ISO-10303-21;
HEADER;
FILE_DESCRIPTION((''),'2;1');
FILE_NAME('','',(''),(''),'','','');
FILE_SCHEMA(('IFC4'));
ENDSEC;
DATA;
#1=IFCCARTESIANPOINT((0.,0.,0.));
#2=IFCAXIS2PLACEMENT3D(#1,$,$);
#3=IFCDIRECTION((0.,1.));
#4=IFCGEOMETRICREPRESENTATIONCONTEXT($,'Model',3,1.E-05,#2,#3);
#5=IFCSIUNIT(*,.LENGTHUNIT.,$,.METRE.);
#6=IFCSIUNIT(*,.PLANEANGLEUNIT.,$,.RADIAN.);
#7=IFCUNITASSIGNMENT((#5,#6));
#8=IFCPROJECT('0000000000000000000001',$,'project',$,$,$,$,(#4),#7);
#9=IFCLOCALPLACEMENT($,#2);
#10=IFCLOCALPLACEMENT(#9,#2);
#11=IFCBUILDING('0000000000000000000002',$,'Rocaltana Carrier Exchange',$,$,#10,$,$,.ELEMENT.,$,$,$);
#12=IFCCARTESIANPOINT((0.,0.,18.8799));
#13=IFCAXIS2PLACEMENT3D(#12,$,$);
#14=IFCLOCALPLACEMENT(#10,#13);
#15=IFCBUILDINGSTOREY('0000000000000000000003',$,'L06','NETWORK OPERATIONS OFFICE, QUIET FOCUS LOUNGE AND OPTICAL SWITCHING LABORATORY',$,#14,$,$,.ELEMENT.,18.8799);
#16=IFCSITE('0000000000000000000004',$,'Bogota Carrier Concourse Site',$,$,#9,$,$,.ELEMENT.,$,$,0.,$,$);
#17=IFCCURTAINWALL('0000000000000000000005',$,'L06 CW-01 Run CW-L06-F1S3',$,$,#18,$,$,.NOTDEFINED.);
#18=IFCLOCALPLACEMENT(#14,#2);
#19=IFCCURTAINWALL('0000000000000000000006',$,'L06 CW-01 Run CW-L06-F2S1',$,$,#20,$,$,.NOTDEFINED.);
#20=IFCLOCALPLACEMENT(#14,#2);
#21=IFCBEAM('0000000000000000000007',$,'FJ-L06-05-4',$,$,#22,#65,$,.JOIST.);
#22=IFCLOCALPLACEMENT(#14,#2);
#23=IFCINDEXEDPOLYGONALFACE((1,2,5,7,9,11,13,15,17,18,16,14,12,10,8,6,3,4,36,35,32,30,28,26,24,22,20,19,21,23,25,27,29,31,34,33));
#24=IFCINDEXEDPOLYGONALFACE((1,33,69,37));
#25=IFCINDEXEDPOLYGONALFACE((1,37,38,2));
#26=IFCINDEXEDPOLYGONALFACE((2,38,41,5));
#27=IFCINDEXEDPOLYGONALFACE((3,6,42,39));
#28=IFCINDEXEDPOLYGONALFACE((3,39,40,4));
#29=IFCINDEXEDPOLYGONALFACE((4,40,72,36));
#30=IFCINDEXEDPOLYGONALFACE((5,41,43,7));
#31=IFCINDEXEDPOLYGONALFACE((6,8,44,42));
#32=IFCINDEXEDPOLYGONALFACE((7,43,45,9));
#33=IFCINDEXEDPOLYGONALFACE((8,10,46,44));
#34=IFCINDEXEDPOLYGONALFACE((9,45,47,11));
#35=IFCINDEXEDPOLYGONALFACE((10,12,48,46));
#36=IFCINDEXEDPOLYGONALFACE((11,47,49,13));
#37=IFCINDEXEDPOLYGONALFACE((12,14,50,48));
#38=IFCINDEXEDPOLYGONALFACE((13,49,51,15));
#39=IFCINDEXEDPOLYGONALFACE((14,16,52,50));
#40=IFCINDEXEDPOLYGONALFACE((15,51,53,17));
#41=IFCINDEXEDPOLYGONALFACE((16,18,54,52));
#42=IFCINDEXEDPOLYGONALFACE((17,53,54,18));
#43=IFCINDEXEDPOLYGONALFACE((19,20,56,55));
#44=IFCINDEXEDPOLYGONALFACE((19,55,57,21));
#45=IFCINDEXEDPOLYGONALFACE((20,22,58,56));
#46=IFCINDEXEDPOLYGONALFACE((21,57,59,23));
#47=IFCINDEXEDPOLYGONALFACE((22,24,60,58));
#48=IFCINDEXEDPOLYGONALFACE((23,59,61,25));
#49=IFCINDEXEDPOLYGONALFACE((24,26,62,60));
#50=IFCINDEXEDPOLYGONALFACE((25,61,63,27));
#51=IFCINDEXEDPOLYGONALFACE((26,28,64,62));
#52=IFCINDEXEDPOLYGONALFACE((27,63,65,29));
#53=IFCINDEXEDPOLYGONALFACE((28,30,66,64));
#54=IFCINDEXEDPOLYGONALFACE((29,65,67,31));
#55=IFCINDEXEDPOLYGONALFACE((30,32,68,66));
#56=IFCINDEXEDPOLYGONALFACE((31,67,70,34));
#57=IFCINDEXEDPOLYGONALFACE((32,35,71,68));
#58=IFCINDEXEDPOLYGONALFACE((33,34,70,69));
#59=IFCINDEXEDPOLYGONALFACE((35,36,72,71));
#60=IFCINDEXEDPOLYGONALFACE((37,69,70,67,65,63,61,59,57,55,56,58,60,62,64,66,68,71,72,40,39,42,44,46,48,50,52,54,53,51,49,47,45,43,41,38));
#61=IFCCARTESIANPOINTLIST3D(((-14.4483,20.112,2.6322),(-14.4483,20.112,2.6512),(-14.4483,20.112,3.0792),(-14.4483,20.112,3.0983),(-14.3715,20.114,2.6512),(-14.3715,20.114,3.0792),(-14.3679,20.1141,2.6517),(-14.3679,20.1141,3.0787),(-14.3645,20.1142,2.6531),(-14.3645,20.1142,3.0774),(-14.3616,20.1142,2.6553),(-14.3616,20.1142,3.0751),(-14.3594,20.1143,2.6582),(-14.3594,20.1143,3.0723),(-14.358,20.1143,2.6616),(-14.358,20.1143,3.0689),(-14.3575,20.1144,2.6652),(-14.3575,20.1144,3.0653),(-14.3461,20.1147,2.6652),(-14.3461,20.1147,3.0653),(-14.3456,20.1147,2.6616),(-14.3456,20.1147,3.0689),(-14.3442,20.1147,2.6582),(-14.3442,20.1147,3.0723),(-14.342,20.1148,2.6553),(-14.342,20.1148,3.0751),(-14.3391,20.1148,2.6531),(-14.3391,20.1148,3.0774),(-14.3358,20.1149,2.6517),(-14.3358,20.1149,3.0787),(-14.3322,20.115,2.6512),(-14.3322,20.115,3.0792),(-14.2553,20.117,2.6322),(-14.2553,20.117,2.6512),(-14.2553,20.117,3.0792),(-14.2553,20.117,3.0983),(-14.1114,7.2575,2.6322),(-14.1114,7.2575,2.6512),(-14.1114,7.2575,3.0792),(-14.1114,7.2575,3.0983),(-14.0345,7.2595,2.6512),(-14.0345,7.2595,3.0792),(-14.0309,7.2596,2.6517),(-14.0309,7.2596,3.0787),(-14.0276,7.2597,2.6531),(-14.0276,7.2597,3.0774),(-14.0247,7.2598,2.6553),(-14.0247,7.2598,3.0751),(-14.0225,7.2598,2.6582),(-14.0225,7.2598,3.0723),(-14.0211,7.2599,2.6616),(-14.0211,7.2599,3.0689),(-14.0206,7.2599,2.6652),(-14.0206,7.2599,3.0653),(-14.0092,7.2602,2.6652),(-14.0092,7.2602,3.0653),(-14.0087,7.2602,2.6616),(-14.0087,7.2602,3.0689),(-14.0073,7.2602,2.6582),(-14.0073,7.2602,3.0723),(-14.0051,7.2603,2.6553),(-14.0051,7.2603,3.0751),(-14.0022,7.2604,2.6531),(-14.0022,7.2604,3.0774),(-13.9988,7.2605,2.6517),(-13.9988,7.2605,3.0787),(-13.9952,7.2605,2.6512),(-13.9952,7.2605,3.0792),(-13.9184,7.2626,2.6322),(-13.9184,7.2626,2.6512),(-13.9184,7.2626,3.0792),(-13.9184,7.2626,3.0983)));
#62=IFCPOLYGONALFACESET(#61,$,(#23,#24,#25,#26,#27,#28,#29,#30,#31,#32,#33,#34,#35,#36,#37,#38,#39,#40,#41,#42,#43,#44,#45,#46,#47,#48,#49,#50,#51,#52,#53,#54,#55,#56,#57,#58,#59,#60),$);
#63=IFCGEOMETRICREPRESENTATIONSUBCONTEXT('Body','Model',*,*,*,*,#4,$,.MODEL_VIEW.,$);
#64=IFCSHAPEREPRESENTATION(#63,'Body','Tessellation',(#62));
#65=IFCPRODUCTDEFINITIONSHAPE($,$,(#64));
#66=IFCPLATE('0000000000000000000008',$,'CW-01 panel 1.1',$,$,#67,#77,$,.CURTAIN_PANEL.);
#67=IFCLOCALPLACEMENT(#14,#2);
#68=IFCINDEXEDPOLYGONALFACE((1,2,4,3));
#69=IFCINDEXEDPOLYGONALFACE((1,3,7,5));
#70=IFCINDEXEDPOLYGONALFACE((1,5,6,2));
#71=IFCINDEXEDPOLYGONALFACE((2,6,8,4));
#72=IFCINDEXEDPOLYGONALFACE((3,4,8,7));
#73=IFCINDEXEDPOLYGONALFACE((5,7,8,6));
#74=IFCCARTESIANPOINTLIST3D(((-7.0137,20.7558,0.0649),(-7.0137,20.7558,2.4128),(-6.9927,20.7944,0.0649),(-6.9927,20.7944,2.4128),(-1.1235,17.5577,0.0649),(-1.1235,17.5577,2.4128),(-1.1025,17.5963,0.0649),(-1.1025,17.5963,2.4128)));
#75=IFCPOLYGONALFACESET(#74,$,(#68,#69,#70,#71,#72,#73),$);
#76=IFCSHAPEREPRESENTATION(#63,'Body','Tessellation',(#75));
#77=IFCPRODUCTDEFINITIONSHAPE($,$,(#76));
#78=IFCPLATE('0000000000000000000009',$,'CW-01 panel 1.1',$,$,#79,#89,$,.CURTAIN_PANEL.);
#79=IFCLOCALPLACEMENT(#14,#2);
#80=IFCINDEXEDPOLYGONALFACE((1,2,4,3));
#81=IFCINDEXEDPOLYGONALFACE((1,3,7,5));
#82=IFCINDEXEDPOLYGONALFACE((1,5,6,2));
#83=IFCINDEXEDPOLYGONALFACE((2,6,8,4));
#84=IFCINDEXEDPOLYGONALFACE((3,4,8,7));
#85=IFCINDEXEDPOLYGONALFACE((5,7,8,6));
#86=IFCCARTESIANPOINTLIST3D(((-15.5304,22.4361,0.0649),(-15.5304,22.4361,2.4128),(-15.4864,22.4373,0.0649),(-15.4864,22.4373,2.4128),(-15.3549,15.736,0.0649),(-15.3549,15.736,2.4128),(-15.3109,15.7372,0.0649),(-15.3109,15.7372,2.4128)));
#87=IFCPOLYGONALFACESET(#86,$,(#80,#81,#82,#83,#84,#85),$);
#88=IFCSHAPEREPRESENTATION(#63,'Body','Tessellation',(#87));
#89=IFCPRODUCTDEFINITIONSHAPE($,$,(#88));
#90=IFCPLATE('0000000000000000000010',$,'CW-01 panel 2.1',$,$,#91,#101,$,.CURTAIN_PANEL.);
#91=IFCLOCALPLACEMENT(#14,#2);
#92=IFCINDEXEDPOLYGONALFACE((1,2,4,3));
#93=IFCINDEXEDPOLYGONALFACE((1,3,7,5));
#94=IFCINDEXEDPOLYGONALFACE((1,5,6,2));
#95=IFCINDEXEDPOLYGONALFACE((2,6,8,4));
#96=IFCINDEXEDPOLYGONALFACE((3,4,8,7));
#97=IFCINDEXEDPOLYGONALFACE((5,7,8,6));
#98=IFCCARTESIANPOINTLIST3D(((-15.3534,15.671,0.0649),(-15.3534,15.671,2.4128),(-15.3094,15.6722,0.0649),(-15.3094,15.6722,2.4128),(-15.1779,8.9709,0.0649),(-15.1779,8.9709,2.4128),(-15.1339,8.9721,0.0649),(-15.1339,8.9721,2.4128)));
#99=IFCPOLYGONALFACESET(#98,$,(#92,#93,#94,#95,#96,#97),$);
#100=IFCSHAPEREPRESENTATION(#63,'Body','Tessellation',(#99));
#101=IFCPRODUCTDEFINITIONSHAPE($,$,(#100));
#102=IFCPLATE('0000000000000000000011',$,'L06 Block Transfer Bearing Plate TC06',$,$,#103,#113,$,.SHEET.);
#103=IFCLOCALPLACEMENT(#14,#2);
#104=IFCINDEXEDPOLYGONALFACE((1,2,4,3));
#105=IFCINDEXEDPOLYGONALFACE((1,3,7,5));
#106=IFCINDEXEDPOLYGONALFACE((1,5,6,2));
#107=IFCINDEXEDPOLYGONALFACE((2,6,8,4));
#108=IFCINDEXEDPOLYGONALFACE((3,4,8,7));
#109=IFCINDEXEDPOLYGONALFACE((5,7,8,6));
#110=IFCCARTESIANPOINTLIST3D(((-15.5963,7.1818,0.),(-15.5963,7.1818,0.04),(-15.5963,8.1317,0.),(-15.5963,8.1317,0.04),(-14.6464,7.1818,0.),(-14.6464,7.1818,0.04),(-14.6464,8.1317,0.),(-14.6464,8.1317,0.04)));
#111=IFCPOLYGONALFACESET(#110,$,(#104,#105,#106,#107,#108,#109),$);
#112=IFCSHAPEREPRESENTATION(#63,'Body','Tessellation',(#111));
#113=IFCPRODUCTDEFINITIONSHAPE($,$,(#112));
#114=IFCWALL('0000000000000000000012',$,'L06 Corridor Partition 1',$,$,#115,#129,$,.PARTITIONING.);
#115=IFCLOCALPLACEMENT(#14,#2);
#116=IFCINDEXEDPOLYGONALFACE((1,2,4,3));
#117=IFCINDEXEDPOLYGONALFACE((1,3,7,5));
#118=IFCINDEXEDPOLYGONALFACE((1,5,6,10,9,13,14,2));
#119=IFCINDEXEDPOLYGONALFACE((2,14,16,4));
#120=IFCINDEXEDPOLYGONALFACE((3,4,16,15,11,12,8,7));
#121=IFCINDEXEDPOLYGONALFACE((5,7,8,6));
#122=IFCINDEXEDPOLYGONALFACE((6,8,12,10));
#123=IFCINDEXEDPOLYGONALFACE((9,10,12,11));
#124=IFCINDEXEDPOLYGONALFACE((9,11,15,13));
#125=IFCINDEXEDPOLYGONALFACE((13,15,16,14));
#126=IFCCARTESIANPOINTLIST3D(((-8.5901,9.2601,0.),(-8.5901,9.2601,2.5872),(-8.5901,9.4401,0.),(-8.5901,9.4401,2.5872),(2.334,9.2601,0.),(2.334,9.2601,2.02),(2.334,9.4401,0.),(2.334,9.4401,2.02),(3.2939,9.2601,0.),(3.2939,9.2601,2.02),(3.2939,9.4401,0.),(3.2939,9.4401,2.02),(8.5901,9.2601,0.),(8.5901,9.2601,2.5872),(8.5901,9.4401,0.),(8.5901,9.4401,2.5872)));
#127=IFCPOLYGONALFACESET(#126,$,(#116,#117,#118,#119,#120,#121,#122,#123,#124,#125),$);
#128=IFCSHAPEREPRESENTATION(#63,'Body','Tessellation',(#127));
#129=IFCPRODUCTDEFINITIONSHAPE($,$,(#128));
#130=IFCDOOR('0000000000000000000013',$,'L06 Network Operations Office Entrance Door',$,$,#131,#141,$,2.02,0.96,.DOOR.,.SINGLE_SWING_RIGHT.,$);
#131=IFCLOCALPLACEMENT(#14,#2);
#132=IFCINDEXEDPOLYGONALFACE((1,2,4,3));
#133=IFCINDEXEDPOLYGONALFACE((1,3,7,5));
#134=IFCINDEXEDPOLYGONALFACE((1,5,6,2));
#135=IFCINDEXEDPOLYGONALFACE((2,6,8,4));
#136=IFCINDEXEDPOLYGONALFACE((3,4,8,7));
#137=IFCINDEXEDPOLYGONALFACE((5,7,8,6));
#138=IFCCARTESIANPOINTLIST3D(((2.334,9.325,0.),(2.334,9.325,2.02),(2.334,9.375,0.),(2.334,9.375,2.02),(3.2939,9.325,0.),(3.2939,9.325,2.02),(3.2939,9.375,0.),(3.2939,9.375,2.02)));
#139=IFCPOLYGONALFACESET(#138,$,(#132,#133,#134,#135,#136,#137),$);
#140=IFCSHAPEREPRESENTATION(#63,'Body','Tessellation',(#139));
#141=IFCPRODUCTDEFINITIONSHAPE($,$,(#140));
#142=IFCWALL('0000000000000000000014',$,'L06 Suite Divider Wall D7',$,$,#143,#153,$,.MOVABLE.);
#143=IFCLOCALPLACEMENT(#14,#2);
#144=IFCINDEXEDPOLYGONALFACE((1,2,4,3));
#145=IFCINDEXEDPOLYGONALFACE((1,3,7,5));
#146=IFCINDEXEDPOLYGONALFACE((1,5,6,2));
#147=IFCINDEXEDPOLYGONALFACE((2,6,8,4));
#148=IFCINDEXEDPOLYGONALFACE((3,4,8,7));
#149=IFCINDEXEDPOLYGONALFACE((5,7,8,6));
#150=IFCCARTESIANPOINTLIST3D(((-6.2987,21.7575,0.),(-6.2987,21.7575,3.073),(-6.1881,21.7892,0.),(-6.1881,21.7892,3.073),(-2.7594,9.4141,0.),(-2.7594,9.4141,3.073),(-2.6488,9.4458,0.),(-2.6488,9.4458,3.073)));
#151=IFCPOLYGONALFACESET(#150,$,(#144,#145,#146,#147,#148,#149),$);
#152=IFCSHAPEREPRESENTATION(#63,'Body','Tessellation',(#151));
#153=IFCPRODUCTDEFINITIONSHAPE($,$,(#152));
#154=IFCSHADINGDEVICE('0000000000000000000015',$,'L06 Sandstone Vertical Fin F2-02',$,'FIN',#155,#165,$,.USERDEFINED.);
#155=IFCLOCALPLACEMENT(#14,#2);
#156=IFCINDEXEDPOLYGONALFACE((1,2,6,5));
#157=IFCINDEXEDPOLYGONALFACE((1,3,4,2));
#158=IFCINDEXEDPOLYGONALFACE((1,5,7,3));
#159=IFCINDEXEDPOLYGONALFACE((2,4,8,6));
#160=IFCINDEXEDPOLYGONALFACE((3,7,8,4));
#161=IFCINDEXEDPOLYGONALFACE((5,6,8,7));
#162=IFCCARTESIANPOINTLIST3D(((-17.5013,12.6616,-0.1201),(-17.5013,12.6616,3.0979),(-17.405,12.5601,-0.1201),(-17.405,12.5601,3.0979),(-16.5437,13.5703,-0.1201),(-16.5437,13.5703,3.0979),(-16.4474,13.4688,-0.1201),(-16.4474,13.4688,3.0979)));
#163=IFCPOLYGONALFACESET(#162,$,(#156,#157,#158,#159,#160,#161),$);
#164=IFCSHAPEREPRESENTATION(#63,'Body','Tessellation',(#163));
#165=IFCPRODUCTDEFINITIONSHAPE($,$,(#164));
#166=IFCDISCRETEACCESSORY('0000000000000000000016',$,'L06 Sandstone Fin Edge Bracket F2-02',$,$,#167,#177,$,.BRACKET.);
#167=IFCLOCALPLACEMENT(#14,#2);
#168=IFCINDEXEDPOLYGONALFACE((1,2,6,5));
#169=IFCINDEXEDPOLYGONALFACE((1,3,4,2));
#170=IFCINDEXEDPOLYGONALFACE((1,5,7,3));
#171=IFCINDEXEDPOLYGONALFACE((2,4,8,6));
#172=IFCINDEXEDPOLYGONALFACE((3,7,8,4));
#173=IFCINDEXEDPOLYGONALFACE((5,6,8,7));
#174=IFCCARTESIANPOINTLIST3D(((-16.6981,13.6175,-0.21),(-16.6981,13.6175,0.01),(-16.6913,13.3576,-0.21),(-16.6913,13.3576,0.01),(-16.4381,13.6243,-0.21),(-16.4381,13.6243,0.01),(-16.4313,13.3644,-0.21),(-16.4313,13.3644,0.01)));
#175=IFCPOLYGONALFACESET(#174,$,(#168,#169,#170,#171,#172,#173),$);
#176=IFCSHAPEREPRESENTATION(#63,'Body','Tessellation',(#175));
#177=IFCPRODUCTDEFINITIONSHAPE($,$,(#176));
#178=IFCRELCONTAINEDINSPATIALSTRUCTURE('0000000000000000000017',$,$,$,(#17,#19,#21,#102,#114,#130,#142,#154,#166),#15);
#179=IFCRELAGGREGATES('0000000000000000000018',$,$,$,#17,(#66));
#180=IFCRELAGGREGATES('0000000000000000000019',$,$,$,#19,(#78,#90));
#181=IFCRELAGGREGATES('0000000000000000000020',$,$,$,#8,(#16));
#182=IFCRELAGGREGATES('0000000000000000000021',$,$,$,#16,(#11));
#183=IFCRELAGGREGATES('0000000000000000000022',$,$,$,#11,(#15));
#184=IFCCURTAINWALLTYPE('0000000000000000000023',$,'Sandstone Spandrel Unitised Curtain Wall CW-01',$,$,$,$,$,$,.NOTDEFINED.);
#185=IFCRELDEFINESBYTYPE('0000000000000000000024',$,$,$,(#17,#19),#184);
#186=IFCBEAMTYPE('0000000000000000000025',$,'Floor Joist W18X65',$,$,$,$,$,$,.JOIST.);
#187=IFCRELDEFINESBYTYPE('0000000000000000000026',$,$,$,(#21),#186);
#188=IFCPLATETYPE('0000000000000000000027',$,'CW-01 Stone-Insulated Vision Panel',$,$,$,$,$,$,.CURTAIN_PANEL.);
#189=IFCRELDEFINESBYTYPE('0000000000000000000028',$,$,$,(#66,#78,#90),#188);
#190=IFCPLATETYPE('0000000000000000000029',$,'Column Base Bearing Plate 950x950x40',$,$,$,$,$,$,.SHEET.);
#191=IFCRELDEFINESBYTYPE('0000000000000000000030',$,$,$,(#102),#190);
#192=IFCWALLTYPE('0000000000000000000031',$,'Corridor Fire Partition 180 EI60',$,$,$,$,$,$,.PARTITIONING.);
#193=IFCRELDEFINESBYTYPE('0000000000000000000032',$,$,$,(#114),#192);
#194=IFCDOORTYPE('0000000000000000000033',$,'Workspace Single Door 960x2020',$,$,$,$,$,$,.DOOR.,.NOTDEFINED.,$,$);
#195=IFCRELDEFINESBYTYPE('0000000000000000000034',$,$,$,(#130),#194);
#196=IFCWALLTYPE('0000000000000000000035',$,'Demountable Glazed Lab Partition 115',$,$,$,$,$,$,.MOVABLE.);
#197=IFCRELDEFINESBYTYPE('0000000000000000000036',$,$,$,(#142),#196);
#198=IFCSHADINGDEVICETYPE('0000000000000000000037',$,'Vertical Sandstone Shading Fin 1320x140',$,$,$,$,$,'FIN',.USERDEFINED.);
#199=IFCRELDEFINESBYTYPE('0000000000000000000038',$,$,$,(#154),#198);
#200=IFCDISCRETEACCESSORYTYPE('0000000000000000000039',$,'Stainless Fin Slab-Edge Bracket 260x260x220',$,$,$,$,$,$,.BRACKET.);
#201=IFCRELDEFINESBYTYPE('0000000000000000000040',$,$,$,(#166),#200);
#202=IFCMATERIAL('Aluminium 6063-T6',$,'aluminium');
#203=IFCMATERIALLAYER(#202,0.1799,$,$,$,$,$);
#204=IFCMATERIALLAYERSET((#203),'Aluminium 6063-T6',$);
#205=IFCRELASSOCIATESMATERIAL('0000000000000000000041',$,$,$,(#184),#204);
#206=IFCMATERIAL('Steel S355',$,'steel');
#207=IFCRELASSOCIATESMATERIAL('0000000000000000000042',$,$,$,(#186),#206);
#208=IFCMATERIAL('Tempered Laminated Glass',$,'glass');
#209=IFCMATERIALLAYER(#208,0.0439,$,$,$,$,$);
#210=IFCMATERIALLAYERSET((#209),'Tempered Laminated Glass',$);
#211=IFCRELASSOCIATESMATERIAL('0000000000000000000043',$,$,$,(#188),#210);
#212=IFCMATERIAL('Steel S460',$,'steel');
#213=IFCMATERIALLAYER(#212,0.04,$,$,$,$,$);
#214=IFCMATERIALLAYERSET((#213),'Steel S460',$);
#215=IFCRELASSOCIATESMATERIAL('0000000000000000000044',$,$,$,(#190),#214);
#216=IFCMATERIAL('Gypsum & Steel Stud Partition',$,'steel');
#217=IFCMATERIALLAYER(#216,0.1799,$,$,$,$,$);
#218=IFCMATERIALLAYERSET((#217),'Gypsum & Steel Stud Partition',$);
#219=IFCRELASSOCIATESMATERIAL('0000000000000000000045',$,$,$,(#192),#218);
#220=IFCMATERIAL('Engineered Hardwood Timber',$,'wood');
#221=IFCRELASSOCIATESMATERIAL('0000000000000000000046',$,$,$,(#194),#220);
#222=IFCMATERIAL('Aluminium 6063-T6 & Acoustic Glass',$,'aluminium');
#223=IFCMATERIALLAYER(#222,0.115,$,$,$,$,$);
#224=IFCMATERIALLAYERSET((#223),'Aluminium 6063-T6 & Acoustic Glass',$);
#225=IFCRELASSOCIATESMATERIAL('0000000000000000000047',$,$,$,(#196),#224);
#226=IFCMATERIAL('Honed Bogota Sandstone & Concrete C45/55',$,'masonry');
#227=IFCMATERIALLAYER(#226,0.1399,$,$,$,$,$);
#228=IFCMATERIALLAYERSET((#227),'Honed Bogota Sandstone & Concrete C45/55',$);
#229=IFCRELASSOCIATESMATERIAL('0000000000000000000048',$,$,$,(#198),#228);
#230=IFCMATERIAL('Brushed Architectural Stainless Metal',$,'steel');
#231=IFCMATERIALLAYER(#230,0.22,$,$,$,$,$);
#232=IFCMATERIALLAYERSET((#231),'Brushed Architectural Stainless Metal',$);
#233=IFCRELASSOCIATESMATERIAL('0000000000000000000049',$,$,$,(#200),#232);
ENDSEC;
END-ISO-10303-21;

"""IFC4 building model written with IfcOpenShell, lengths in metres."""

from ifc_helpers import new_model, si_unit, direction, frame, frame_2d, origin, origin_2d, place, context, subcontext, project, spatial, rectangle, i_section, extrude, material, layer, layer_set, material_profile, profile_set, type_object, element, fill, aggregate, save


model = new_model("IFC4")

# Units and contexts
model_context = context("Model", 3, precision=1e-05, world=origin(), true_north=direction((0.0, 1.0)))
body_context = subcontext(model_context, "Body", "Model", "MODEL_VIEW")
ifc_project = project(units=[si_unit("LENGTHUNIT", "METRE"), si_unit("PLANEANGLEUNIT", "RADIAN")], contexts=[model_context])

# Site, building, storey
site_placement = place(None, origin())
site = spatial("IfcSite", under=ifc_project, at=site_placement, Name="Bogota Carrier Concourse Site", CompositionType="ELEMENT", RefElevation=0.0)
building_placement = place(site_placement, origin())
building = spatial("IfcBuilding", under=site, at=building_placement, Name="Rocaltana Carrier Exchange", CompositionType="ELEMENT")
storey_placement = place(building_placement, frame((0.0, 0.0, 18.8799)))
storey = spatial("IfcBuildingStorey", under=building, at=storey_placement, Name="L06", Description="NETWORK OPERATIONS OFFICE, QUIET FOCUS LOUNGE AND OPTICAL SWITCHING LABORATORY", CompositionType="ELEMENT", Elevation=18.8799)

# Curtain walls
ifc_material_1 = material(Name="Aluminium 6063-T6", Category="aluminium")
ifc_layer_1 = layer(ifc_material_1, 0.1799)
ifc_layer_set_1 = layer_set([ifc_layer_1], Name="Aluminium 6063-T6")
curtain_wall_type = type_object("IfcCurtainWallType", Name="Sandstone Spandrel Unitised Curtain Wall CW-01", PredefinedType="NOTDEFINED", material=ifc_layer_set_1)
curtain_wall_1_placement = place(storey_placement, origin())
curtain_wall_1 = element("IfcCurtainWall", 1, at=curtain_wall_1_placement, inside=storey, type_object=curtain_wall_type, Name="L06 CW-01 Run CW-L06-F1S3", PredefinedType="NOTDEFINED")
curtain_wall_2_placement = place(storey_placement, origin())
curtain_wall_2 = element("IfcCurtainWall", 2, at=curtain_wall_2_placement, inside=storey, type_object=curtain_wall_type, Name="L06 CW-01 Run CW-L06-F2S1", PredefinedType="NOTDEFINED")

# Beam
ifc_material_2 = material(Name="Steel S355", Category="steel")
ifc_material_profile_1 = material_profile(ifc_material_2, i_section(OverallWidth=0.1931, OverallDepth=0.4661, WebThickness=0.0115, FlangeThickness=0.019, FilletRadius=0.0139, at=origin_2d()), Name="W18X65")
ifc_profile_set_1 = profile_set([ifc_material_profile_1], Name="Steel S355")
beam_type = type_object("IfcBeamType", Name="Floor Joist W18X65", PredefinedType="JOIST", material=ifc_profile_set_1)
beam_1_placement = place(storey_placement, frame((-14.3518, 20.1145, 2.8652), z_axis=(0.026201, -0.999657, 0.0), x_axis=(0.999657, 0.026201, 0.0)))
element("IfcBeam", 3, at=beam_1_placement, inside=storey, type_object=beam_type, Name="FJ-L06-05-4", PredefinedType="JOIST", context=body_context, shape_type="SweptSolid", body=[
    extrude(i_section(OverallWidth=0.1931, OverallDepth=0.4661, WebThickness=0.0115, FlangeThickness=0.019, FilletRadius=0.0139, at=origin_2d()), origin(), (0.0, 0.0, 1.0), 12.8589),
])

# Plates
ifc_material_3 = material(Name="Tempered Laminated Glass", Category="glass")
ifc_layer_2 = layer(ifc_material_3, 0.0439)
ifc_layer_set_2 = layer_set([ifc_layer_2], Name="Tempered Laminated Glass")
plate_type_1 = type_object("IfcPlateType", Name="CW-01 Stone-Insulated Vision Panel", PredefinedType="CURTAIN_PANEL", material=ifc_layer_set_2)
plate_1_placement = place(storey_placement, frame((-4.0581, 19.176, 0.0649), z_axis=(0.0, 0.0, 1.0), x_axis=(-0.878819, 0.477156, 0.0)))
plate_1 = element("IfcPlate", 4, at=plate_1_placement, type_object=plate_type_1, Name="CW-01 panel 1.1", PredefinedType="CURTAIN_PANEL", context=body_context, shape_type="SweptSolid", body=[
    extrude(rectangle(XDim=6.7024, YDim=0.0439, at=origin_2d()), origin(), (0.0, 0.0, 1.0), 2.3479),
])
aggregate(curtain_wall_1, [plate_1])
plate_2_placement = place(storey_placement, frame((-15.4207, 19.0867, 0.0649), z_axis=(0.0, 0.0, 1.0), x_axis=(0.026184, -0.999657, 0.0)))
plate_2 = element("IfcPlate", 5, at=plate_2_placement, type_object=plate_type_1, Name="CW-01 panel 1.1", PredefinedType="CURTAIN_PANEL", context=body_context, shape_type="SweptSolid", body=[
    extrude(rectangle(XDim=6.7024, YDim=0.0439, at=origin_2d()), origin(), (0.0, 0.0, 1.0), 2.3479),
])
plate_3_placement = place(storey_placement, frame((-15.2437, 12.3215, 0.0649), z_axis=(0.0, 0.0, 1.0), x_axis=(0.026184, -0.999657, 0.0)))
plate_3 = element("IfcPlate", 6, at=plate_3_placement, type_object=plate_type_1, Name="CW-01 panel 2.1", PredefinedType="CURTAIN_PANEL", context=body_context, shape_type="SweptSolid", body=[
    extrude(rectangle(XDim=6.7024, YDim=0.0439, at=origin_2d()), origin(), (0.0, 0.0, 1.0), 2.3479),
])
aggregate(curtain_wall_2, [plate_2, plate_3])
ifc_material_4 = material(Name="Steel S460", Category="steel")
ifc_layer_3 = layer(ifc_material_4, 0.04)
ifc_layer_set_3 = layer_set([ifc_layer_3], Name="Steel S460")
plate_type_2 = type_object("IfcPlateType", Name="Column Base Bearing Plate 950x950x40", PredefinedType="SHEET", material=ifc_layer_set_3)
plate_4_placement = place(storey_placement, frame((-15.1213, 7.6567, 0.0), z_axis=(0.0, 0.0, 1.0), x_axis=(1.0, 0.0, 0.0)))
element("IfcPlate", 7, at=plate_4_placement, inside=storey, type_object=plate_type_2, Name="L06 Block Transfer Bearing Plate TC06", PredefinedType="SHEET", context=body_context, shape_type="SweptSolid", body=[
    extrude(rectangle(XDim=0.95, YDim=0.95, at=origin_2d()), origin(), (0.0, 0.0, 1.0), 0.04),
])

# Wall, opening, door
ifc_material_5 = material(Name="Gypsum & Steel Stud Partition", Category="steel")
ifc_layer_4 = layer(ifc_material_5, 0.1799)
ifc_layer_set_4 = layer_set([ifc_layer_4], Name="Gypsum & Steel Stud Partition")
wall_type_1 = type_object("IfcWallType", Name="Corridor Fire Partition 180 EI60", PredefinedType="PARTITIONING", material=ifc_layer_set_4)
wall_1_placement = place(storey_placement, frame((-8.5901, 9.3501, 0.0), z_axis=(0.0, 0.0, 1.0), x_axis=(1.0, 0.0, 0.0)))
wall_1 = element("IfcWall", 8, at=wall_1_placement, inside=storey, type_object=wall_type_1, Name="L06 Corridor Partition 1", PredefinedType="PARTITIONING", context=body_context, shape_type="SweptSolid", body=[
    extrude(rectangle(XDim=17.1802, YDim=0.1799, at=frame_2d((8.5901, 0.0))), origin(), (0.0, 0.0, 1.0), 2.5872),
])
opening_placement = place(wall_1_placement, frame((10.9241, 0.0, 0.0)))
opening = element("IfcOpeningElement", 9, at=opening_placement, cuts=wall_1, PredefinedType="OPENING", context=body_context, shape_type="SweptSolid", body=[
    extrude(rectangle(XDim=0.96, YDim=2.02, at=frame_2d((0.48, 1.01))), frame((0.0, 0.0999, 0.0), z_axis=(0.0, -1.0, 0.0), x_axis=(1.0, 0.0, 0.0)), (0.0, 0.0, 1.0), 0.2),
])
ifc_material_6 = material(Name="Engineered Hardwood Timber", Category="wood")
door_type = type_object("IfcDoorType", Name="Workspace Single Door 960x2020", OperationType="NOTDEFINED", PredefinedType="DOOR", material=ifc_material_6)
door_placement = place(opening_placement, origin())
door = element("IfcDoor", 10, at=door_placement, inside=storey, type_object=door_type, Name="L06 Network Operations Office Entrance Door", OperationType="SINGLE_SWING_RIGHT", OverallHeight=2.02, OverallWidth=0.96, PredefinedType="DOOR", context=body_context, shape_type="SweptSolid", body=[
    extrude(rectangle(XDim=0.96, YDim=2.02, at=frame_2d((0.48, 1.01))), frame((0.0, 0.0249, 0.0), z_axis=(0.0, -1.0, 0.0), x_axis=(1.0, 0.0, 0.0)), (0.0, 0.0, 1.0), 0.05),
])
fill(opening, door)

# Wall
ifc_material_7 = material(Name="Aluminium 6063-T6 & Acoustic Glass", Category="aluminium")
ifc_layer_5 = layer(ifc_material_7, 0.115)
ifc_layer_set_5 = layer_set([ifc_layer_5], Name="Aluminium 6063-T6 & Acoustic Glass")
wall_type_2 = type_object("IfcWallType", Name="Demountable Glazed Lab Partition 115", PredefinedType="MOVABLE", material=ifc_layer_set_5)
wall_2_placement = place(storey_placement, frame((-2.7041, 9.4299, 0.0), z_axis=(0.0, 0.0, 1.0), x_axis=(-0.275628, 0.961265, 0.0)))
element("IfcWall", 11, at=wall_2_placement, inside=storey, type_object=wall_type_2, Name="L06 Suite Divider Wall D7", PredefinedType="MOVABLE", context=body_context, shape_type="SweptSolid", body=[
    extrude(rectangle(XDim=12.8408, YDim=0.115, at=frame_2d((6.4204, 0.0))), origin(), (0.0, 0.0, 1.0), 3.073),
])

# Shading device
ifc_material_8 = material(Name="Honed Bogota Sandstone & Concrete C45/55", Category="masonry")
ifc_layer_6 = layer(ifc_material_8, 0.1399)
ifc_layer_set_6 = layer_set([ifc_layer_6], Name="Honed Bogota Sandstone & Concrete C45/55")
shading_device_type = type_object("IfcShadingDeviceType", Name="Vertical Sandstone Shading Fin 1320x140", ElementType="FIN", PredefinedType="USERDEFINED", material=ifc_layer_set_6)
shading_device_placement = place(storey_placement, frame((-16.9744, 13.0652, -0.1201), z_axis=(0.0, 0.0, 1.0), x_axis=(-0.725374, -0.688355, 0.0)))
element("IfcShadingDevice", 12, at=shading_device_placement, inside=storey, type_object=shading_device_type, Name="L06 Sandstone Vertical Fin F2-02", ObjectType="FIN", PredefinedType="USERDEFINED", context=body_context, shape_type="SweptSolid", body=[
    extrude(rectangle(XDim=1.3201, YDim=0.1399, at=origin_2d()), origin(), (0.0, 0.0, 1.0), 3.218),
])

# Discrete accessory
ifc_material_9 = material(Name="Brushed Architectural Stainless Metal", Category="steel")
ifc_layer_7 = layer(ifc_material_9, 0.22)
ifc_layer_set_7 = layer_set([ifc_layer_7], Name="Brushed Architectural Stainless Metal")
discrete_accessory_type = type_object("IfcDiscreteAccessoryType", Name="Stainless Fin Slab-Edge Bracket 260x260x220", PredefinedType="BRACKET", material=ifc_layer_set_7)
discrete_accessory_placement = place(storey_placement, frame((-16.5647, 13.491, -0.21), z_axis=(0.0, 0.0, 1.0), x_axis=(0.026177, -0.999657, 0.0)))
element("IfcDiscreteAccessory", 13, at=discrete_accessory_placement, inside=storey, type_object=discrete_accessory_type, Name="L06 Sandstone Fin Edge Bracket F2-02", PredefinedType="BRACKET", context=body_context, shape_type="SweptSolid", body=[
    extrude(rectangle(XDim=0.26, YDim=0.26, at=origin_2d()), origin(), (0.0, 0.0, 1.0), 0.22),
])

save(model, "model.ifc")
